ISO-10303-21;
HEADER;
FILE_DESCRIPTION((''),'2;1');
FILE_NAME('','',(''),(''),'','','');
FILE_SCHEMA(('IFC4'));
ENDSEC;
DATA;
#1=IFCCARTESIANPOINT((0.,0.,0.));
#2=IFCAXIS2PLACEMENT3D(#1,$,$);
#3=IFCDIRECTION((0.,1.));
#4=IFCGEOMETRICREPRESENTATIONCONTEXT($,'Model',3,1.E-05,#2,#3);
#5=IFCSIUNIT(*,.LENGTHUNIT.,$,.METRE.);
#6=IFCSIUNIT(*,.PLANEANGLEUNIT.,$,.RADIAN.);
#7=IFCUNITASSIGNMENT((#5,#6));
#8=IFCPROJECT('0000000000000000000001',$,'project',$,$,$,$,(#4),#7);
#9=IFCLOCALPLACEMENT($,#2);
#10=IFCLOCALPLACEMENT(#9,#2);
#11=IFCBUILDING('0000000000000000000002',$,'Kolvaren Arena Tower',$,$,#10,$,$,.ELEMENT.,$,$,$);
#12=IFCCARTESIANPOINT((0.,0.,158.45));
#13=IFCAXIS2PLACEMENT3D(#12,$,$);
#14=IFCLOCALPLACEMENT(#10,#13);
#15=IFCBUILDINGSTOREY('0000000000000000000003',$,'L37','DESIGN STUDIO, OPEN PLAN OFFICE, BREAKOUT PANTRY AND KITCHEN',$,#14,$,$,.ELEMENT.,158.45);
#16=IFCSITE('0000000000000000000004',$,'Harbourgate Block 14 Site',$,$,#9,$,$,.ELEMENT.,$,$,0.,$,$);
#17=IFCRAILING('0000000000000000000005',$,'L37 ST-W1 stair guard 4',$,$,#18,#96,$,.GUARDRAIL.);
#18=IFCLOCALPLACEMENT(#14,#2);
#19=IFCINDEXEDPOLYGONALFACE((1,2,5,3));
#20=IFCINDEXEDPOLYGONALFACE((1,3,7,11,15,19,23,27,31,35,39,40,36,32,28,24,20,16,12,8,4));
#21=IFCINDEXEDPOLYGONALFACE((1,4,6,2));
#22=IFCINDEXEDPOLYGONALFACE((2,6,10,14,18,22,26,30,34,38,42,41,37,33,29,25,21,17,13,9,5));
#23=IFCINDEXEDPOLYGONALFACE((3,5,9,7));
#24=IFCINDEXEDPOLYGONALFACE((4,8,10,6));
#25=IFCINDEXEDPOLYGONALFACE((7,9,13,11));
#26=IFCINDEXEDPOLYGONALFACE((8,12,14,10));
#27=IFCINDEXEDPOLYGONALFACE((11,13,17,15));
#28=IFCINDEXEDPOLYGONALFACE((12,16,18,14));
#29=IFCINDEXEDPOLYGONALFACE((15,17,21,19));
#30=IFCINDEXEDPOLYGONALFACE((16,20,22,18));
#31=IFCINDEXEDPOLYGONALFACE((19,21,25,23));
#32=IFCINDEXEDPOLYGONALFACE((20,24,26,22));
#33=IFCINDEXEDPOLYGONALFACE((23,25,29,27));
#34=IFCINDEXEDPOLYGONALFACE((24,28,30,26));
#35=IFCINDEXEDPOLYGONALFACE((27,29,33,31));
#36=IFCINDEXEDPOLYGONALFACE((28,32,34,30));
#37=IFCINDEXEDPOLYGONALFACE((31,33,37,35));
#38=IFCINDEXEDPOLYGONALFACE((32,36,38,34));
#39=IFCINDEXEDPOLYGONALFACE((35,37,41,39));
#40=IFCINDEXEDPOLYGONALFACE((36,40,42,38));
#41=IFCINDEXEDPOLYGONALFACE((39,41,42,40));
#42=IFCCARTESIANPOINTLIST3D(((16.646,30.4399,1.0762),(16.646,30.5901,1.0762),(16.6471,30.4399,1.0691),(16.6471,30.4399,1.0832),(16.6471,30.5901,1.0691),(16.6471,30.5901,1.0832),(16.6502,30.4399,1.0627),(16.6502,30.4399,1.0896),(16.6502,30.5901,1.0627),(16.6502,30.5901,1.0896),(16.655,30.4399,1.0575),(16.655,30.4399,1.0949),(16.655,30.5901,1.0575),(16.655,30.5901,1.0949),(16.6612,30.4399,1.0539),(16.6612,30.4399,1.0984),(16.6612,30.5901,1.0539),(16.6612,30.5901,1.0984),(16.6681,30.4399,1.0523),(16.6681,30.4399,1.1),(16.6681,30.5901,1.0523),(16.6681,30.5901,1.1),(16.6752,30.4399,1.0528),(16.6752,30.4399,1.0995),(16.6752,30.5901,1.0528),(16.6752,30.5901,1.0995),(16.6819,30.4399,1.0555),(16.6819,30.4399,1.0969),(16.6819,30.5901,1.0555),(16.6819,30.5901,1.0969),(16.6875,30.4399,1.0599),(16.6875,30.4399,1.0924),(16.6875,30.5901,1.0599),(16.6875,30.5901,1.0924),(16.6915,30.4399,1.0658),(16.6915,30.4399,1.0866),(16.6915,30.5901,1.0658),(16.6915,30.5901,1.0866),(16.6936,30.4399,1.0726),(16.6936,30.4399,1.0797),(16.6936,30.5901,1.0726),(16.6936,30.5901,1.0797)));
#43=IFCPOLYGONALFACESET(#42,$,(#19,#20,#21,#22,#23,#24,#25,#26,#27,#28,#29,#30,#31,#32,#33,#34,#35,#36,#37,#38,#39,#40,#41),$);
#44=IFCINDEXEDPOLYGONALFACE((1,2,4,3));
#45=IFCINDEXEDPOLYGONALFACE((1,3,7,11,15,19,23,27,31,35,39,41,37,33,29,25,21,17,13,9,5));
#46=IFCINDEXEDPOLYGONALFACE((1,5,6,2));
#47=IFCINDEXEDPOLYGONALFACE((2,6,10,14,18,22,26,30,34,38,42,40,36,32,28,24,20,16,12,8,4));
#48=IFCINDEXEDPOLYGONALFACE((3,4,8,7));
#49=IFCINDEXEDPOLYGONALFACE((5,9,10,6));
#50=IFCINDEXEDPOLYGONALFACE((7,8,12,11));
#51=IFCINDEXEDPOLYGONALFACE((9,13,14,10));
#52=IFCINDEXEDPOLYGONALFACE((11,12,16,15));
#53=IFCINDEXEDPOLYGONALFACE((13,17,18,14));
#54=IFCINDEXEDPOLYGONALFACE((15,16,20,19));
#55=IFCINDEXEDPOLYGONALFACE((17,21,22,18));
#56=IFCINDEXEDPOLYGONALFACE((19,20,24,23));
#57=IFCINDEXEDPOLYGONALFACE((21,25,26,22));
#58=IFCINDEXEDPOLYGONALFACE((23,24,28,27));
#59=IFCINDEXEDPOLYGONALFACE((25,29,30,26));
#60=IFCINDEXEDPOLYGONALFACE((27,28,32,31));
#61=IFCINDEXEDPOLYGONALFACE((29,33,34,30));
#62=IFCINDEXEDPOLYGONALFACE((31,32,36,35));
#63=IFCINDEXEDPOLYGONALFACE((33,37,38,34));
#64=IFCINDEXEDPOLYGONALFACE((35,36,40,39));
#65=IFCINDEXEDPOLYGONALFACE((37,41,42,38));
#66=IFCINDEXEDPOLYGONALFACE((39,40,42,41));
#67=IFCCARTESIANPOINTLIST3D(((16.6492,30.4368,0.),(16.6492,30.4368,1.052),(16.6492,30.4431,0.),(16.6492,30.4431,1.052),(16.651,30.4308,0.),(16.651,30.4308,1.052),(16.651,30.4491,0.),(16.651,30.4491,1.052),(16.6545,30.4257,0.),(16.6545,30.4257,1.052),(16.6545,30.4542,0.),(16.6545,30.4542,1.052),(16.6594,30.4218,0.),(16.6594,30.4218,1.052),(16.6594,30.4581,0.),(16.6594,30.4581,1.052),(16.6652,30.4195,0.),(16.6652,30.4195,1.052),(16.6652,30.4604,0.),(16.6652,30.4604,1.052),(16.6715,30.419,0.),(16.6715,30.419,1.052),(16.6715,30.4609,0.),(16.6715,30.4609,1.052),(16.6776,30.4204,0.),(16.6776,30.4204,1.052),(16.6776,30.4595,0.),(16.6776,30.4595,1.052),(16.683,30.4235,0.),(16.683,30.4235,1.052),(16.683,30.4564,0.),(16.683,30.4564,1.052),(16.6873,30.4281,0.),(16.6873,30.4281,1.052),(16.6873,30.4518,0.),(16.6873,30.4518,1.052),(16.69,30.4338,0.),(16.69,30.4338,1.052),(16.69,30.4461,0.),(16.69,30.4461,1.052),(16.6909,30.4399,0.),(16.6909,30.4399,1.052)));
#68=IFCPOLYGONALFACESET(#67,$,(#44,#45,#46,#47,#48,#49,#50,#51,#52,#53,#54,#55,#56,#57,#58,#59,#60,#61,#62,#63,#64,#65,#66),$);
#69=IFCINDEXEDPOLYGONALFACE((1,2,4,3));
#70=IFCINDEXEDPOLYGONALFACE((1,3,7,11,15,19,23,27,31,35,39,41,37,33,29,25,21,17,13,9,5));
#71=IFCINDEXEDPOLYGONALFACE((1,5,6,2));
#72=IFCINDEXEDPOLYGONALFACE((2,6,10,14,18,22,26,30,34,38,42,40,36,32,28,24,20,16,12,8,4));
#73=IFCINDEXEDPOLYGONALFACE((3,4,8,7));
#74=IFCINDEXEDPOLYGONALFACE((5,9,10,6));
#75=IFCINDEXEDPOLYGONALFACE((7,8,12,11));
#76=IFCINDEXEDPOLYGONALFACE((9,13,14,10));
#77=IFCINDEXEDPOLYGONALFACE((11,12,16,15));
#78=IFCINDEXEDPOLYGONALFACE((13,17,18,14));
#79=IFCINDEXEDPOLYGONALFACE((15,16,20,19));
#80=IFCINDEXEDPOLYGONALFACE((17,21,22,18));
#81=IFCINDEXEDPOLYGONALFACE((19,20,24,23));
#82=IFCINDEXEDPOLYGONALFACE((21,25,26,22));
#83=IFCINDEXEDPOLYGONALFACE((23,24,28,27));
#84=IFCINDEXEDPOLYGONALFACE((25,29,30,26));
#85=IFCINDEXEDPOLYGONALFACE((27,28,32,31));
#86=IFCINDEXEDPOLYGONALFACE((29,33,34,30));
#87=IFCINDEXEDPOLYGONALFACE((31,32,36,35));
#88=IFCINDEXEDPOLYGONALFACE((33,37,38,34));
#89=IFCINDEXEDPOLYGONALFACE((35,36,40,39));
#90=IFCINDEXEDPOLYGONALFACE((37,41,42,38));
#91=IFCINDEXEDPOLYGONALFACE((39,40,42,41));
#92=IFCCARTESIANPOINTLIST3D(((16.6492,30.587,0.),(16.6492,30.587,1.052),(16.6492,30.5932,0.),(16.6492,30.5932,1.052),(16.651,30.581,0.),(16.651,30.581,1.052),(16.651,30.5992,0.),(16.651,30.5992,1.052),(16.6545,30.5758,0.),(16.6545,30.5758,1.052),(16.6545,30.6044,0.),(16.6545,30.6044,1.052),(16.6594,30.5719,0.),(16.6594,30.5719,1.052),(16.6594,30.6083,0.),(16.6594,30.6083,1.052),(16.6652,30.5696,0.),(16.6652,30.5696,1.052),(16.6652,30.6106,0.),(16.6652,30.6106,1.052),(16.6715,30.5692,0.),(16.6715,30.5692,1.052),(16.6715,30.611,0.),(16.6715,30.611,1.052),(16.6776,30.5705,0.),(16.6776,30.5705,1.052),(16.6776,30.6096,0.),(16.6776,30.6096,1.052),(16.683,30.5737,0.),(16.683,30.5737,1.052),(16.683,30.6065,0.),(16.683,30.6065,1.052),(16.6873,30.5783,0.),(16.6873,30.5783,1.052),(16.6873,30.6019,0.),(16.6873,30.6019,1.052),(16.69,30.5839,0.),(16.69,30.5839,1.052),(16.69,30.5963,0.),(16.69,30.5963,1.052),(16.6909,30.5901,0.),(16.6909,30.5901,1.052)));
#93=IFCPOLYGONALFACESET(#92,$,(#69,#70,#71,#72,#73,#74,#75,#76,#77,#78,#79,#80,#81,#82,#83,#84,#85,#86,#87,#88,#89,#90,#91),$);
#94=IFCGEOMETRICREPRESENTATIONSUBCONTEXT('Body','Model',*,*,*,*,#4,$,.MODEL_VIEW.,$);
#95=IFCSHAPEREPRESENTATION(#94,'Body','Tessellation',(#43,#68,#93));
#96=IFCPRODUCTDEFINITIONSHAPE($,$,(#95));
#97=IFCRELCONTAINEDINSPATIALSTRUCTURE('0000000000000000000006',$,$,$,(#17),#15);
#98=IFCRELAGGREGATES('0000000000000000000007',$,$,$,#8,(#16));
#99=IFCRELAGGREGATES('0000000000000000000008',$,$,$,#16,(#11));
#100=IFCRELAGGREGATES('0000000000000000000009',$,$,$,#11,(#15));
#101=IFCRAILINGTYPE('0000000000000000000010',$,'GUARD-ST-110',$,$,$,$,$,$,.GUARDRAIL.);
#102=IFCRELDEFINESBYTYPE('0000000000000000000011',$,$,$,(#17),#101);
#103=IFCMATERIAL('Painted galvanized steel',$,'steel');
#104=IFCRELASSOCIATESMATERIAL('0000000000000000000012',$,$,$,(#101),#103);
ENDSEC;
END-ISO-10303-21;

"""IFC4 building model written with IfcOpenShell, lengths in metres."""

from ifc_helpers import new_model, si_unit, direction, frame, origin, origin_2d, place, context, subcontext, project, spatial, circle, extrude, material, type_object, element, save


model = new_model("IFC4")

# Units and contexts
model_context = context("Model", 3, precision=1e-05, world=origin(), true_north=direction((0.0, 1.0)))
body_context = subcontext(model_context, "Body", "Model", "MODEL_VIEW")
ifc_project = project(units=[si_unit("LENGTHUNIT", "METRE"), si_unit("PLANEANGLEUNIT", "RADIAN")], contexts=[model_context])

# Site, building, storey
site_placement = place(None, origin())
site = spatial("IfcSite", under=ifc_project, at=site_placement, Name="Harbourgate Block 14 Site", CompositionType="ELEMENT", RefElevation=0.0)
building_placement = place(site_placement, origin())
building = spatial("IfcBuilding", under=site, at=building_placement, Name="Kolvaren Arena Tower", CompositionType="ELEMENT")
storey_placement = place(building_placement, frame((0.0, 0.0, 158.45)))
storey = spatial("IfcBuildingStorey", under=building, at=storey_placement, Name="L37", Description="DESIGN STUDIO, OPEN PLAN OFFICE, BREAKOUT PANTRY AND KITCHEN", CompositionType="ELEMENT", Elevation=158.45)

# Railing
ifc_material_1 = material(Name="Painted galvanized steel", Category="steel")
railing_type_1 = type_object("IfcRailingType", Name="GUARD-ST-110", PredefinedType="GUARDRAIL", material=ifc_material_1)
railing_1_placement = place(storey_placement, frame((16.6699, 30.4399, 0.0)))
element("IfcRailing", 1, at=railing_1_placement, inside=storey, type_object=railing_type_1, Name="L37 ST-W1 stair guard 4", PredefinedType="GUARDRAIL", context=body_context, shape_type="SweptSolid", body=[
    extrude(circle(Radius=0.0239, at=origin_2d()), frame((0.0, 0.0, 1.0762), z_axis=(0.0, 1.0, 0.0), x_axis=(-1.0, 0.0, 0.0)), (0.0, 0.0, 1.0), 0.1501),
    extrude(circle(Radius=0.021, at=origin_2d()), origin(), (0.0, 0.0, 1.0), 1.052),
    extrude(circle(Radius=0.021, at=origin_2d()), frame((0.0, 0.1501, 0.0)), (0.0, 0.0, 1.0), 1.052),
])

save(model, "model.ifc")
